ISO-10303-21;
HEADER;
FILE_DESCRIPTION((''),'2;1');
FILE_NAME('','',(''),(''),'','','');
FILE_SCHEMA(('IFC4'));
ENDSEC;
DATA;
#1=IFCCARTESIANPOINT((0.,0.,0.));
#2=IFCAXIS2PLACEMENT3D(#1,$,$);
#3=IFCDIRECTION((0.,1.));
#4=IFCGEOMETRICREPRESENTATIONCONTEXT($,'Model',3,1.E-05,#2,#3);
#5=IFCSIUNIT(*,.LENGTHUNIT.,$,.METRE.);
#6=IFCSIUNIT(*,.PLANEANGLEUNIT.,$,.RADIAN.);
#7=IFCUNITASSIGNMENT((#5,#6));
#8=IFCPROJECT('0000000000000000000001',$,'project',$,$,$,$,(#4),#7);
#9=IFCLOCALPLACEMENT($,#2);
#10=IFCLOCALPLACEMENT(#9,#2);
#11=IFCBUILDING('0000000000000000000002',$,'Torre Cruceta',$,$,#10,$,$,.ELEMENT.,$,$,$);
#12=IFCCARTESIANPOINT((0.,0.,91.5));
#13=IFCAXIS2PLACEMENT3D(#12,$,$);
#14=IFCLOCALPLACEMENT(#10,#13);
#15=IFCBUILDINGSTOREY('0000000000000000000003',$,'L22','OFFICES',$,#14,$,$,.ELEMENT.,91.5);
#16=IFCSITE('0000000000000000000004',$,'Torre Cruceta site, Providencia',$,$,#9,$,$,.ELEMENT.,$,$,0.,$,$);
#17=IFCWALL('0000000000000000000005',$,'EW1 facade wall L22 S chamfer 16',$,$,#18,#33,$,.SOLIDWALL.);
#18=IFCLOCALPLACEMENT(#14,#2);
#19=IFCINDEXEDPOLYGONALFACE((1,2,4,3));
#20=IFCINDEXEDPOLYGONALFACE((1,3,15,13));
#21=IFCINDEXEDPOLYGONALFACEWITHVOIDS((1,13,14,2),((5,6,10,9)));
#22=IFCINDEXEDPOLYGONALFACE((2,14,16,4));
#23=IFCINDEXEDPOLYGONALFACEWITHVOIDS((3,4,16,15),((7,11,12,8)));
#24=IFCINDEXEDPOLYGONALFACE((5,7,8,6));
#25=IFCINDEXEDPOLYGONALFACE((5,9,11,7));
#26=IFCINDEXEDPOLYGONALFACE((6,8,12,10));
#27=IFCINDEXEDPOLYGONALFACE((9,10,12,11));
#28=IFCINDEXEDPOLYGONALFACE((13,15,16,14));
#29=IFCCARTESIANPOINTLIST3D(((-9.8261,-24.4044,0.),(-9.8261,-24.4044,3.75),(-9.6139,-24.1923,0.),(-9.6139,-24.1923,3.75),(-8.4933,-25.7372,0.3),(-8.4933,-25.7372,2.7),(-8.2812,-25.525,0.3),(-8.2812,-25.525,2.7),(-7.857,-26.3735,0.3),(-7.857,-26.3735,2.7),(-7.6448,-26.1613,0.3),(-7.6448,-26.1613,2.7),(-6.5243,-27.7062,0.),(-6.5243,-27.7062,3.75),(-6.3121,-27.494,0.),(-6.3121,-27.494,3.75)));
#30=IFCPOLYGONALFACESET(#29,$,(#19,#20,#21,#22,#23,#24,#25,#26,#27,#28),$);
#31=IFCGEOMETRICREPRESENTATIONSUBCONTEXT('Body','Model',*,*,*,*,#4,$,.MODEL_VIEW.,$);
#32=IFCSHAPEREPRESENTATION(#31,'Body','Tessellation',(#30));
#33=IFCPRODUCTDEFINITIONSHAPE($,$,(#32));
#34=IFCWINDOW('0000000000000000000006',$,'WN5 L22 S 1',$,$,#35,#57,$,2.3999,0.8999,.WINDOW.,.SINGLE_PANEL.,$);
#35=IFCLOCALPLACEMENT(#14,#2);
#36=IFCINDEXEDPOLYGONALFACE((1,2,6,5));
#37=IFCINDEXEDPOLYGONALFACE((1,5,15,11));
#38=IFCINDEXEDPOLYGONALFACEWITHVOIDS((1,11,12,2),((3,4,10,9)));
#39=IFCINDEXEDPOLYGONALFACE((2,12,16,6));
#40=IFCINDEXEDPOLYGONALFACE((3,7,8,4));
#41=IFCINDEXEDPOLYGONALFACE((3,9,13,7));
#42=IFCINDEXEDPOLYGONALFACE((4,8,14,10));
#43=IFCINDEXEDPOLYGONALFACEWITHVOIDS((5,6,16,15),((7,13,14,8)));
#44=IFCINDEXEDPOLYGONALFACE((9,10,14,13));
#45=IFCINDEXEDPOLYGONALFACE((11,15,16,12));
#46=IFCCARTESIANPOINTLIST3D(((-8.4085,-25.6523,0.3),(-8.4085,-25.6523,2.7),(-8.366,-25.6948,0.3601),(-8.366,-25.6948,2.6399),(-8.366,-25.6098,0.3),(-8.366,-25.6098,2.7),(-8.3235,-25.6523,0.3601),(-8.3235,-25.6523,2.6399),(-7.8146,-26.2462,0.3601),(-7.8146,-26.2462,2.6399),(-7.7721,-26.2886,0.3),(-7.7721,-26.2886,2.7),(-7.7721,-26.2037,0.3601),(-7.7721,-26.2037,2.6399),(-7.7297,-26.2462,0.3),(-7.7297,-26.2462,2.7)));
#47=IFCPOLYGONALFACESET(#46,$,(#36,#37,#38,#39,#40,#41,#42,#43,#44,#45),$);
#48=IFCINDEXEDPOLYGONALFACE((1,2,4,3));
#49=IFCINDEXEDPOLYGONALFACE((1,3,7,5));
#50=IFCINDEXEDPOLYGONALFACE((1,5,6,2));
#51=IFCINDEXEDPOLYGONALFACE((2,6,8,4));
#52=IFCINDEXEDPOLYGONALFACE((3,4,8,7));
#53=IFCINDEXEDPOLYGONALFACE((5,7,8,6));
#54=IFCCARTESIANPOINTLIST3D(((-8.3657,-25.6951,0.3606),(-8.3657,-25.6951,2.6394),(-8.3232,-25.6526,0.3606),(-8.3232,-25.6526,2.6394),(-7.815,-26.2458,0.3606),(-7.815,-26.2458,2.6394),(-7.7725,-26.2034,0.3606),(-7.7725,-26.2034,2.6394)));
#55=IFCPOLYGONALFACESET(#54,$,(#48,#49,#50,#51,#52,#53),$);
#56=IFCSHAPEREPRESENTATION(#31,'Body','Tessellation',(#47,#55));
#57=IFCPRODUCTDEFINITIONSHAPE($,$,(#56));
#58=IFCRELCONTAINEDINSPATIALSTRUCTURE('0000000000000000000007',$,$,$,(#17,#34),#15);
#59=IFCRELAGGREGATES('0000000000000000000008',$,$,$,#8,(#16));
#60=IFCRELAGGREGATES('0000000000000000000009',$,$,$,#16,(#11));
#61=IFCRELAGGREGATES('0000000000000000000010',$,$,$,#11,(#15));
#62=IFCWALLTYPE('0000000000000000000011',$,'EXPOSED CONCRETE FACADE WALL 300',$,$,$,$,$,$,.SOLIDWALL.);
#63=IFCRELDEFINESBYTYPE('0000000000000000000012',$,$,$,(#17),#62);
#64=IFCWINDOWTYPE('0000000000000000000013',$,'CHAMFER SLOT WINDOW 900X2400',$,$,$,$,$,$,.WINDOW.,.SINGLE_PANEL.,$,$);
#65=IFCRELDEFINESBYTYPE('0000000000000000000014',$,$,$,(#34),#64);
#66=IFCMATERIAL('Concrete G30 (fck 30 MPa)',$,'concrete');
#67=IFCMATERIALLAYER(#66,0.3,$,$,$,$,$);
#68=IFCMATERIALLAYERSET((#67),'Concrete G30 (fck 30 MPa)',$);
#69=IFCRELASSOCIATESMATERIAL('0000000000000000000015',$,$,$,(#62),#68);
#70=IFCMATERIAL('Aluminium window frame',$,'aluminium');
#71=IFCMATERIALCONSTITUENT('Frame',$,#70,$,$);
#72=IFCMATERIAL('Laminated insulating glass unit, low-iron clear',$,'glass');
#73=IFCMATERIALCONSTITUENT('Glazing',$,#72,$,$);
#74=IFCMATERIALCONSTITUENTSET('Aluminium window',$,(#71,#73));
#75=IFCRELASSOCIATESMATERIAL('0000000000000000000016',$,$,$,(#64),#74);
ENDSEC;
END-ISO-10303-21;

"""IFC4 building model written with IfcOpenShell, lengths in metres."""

from ifc_helpers import new_model, si_unit, direction, frame, frame_2d, origin, place, context, subcontext, project, spatial, rectangle, hollow_rectangle, extrude, material, layer, layer_set, constituent, constituent_set, type_object, element, fill, save


model = new_model("IFC4")

# Units and contexts
model_context = context("Model", 3, precision=1e-05, world=origin(), true_north=direction((0.0, 1.0)))
body_context = subcontext(model_context, "Body", "Model", "MODEL_VIEW")
ifc_project = project(units=[si_unit("LENGTHUNIT", "METRE"), si_unit("PLANEANGLEUNIT", "RADIAN")], contexts=[model_context])

# Site, building, storey
site_placement = place(None, origin())
site = spatial("IfcSite", under=ifc_project, at=site_placement, Name="Torre Cruceta site, Providencia", CompositionType="ELEMENT", RefElevation=0.0)
building_placement = place(site_placement, origin())
building = spatial("IfcBuilding", under=site, at=building_placement, Name="Torre Cruceta", CompositionType="ELEMENT")
storey_placement = place(building_placement, frame((0.0, 0.0, 91.5)))
storey = spatial("IfcBuildingStorey", under=building, at=storey_placement, Name="L22", Description="OFFICES", CompositionType="ELEMENT", Elevation=91.5)

# Wall, opening, window
ifc_material_1 = material(Name="Concrete G30 (fck 30 MPa)", Category="concrete")
ifc_layer_1 = layer(ifc_material_1, 0.3)
ifc_layer_set_1 = layer_set([ifc_layer_1], Name="Concrete G30 (fck 30 MPa)")
wall_type = type_object("IfcWallType", Name="EXPOSED CONCRETE FACADE WALL 300", PredefinedType="SOLIDWALL", material=ifc_layer_set_1)
wall_placement = place(storey_placement, frame((-9.72, -24.2983, 0.0), z_axis=(0.0, 0.0, 1.0), x_axis=(0.707107, -0.707107, 0.0)))
wall = element("IfcWall", 1, at=wall_placement, inside=storey, type_object=wall_type, Name="EW1 facade wall L22 S chamfer 16", PredefinedType="SOLIDWALL", context=body_context, shape_type="SweptSolid", body=[
    extrude(rectangle(XDim=4.6694, YDim=0.3, at=frame_2d((2.3347, 0.0))), origin(), (0.0, 0.0, 1.0), 3.75),
])
opening_placement = place(wall_placement, frame((1.8848, 0.0, 0.3)))
opening = element("IfcOpeningElement", 2, at=opening_placement, cuts=wall, PredefinedType="OPENING", context=body_context, shape_type="SweptSolid", body=[
    extrude(rectangle(XDim=0.8999, YDim=2.3999, at=frame_2d((0.45, 1.2))), frame((0.0, 0.1599, 0.0), z_axis=(0.0, -1.0, 0.0), x_axis=(1.0, 0.0, 0.0)), (0.0, 0.0, 1.0), 0.3201),
])
ifc_material_2 = material(Name="Aluminium window frame", Category="aluminium")
ifc_constituent_1 = constituent(ifc_material_2, Name="Frame")
ifc_material_3 = material(Name="Laminated insulating glass unit, low-iron clear", Category="glass")
ifc_constituent_2 = constituent(ifc_material_3, Name="Glazing")
ifc_constituent_set = constituent_set(constituents=[ifc_constituent_1, ifc_constituent_2], Name="Aluminium window")
window_type = type_object("IfcWindowType", Name="CHAMFER SLOT WINDOW 900X2400", PartitioningType="SINGLE_PANEL", PredefinedType="WINDOW", material=ifc_constituent_set)
window_placement = place(opening_placement, origin())
window = element("IfcWindow", 3, at=window_placement, inside=storey, type_object=window_type, Name="WN5 L22 S 1", OverallHeight=2.3999, OverallWidth=0.8999, PartitioningType="SINGLE_PANEL", PredefinedType="WINDOW", context=body_context, shape_type="SweptSolid", body=[
    extrude(hollow_rectangle(XDim=0.8999, YDim=2.3999, WallThickness=0.0601, at=frame_2d((0.45, 1.2))), frame((0.0, 0.03, 0.0), z_axis=(0.0, -1.0, 0.0), x_axis=(1.0, 0.0, 0.0)), (0.0, 0.0, 1.0), 0.0601),
    extrude(rectangle(XDim=0.7788, YDim=2.2788, at=frame_2d((0.45, 1.2))), frame((0.0, 0.03, 0.0), z_axis=(0.0, -1.0, 0.0), x_axis=(1.0, 0.0, 0.0)), (0.0, 0.0, 1.0), 0.0601),
])
fill(opening, window)

save(model, "model.ifc")
